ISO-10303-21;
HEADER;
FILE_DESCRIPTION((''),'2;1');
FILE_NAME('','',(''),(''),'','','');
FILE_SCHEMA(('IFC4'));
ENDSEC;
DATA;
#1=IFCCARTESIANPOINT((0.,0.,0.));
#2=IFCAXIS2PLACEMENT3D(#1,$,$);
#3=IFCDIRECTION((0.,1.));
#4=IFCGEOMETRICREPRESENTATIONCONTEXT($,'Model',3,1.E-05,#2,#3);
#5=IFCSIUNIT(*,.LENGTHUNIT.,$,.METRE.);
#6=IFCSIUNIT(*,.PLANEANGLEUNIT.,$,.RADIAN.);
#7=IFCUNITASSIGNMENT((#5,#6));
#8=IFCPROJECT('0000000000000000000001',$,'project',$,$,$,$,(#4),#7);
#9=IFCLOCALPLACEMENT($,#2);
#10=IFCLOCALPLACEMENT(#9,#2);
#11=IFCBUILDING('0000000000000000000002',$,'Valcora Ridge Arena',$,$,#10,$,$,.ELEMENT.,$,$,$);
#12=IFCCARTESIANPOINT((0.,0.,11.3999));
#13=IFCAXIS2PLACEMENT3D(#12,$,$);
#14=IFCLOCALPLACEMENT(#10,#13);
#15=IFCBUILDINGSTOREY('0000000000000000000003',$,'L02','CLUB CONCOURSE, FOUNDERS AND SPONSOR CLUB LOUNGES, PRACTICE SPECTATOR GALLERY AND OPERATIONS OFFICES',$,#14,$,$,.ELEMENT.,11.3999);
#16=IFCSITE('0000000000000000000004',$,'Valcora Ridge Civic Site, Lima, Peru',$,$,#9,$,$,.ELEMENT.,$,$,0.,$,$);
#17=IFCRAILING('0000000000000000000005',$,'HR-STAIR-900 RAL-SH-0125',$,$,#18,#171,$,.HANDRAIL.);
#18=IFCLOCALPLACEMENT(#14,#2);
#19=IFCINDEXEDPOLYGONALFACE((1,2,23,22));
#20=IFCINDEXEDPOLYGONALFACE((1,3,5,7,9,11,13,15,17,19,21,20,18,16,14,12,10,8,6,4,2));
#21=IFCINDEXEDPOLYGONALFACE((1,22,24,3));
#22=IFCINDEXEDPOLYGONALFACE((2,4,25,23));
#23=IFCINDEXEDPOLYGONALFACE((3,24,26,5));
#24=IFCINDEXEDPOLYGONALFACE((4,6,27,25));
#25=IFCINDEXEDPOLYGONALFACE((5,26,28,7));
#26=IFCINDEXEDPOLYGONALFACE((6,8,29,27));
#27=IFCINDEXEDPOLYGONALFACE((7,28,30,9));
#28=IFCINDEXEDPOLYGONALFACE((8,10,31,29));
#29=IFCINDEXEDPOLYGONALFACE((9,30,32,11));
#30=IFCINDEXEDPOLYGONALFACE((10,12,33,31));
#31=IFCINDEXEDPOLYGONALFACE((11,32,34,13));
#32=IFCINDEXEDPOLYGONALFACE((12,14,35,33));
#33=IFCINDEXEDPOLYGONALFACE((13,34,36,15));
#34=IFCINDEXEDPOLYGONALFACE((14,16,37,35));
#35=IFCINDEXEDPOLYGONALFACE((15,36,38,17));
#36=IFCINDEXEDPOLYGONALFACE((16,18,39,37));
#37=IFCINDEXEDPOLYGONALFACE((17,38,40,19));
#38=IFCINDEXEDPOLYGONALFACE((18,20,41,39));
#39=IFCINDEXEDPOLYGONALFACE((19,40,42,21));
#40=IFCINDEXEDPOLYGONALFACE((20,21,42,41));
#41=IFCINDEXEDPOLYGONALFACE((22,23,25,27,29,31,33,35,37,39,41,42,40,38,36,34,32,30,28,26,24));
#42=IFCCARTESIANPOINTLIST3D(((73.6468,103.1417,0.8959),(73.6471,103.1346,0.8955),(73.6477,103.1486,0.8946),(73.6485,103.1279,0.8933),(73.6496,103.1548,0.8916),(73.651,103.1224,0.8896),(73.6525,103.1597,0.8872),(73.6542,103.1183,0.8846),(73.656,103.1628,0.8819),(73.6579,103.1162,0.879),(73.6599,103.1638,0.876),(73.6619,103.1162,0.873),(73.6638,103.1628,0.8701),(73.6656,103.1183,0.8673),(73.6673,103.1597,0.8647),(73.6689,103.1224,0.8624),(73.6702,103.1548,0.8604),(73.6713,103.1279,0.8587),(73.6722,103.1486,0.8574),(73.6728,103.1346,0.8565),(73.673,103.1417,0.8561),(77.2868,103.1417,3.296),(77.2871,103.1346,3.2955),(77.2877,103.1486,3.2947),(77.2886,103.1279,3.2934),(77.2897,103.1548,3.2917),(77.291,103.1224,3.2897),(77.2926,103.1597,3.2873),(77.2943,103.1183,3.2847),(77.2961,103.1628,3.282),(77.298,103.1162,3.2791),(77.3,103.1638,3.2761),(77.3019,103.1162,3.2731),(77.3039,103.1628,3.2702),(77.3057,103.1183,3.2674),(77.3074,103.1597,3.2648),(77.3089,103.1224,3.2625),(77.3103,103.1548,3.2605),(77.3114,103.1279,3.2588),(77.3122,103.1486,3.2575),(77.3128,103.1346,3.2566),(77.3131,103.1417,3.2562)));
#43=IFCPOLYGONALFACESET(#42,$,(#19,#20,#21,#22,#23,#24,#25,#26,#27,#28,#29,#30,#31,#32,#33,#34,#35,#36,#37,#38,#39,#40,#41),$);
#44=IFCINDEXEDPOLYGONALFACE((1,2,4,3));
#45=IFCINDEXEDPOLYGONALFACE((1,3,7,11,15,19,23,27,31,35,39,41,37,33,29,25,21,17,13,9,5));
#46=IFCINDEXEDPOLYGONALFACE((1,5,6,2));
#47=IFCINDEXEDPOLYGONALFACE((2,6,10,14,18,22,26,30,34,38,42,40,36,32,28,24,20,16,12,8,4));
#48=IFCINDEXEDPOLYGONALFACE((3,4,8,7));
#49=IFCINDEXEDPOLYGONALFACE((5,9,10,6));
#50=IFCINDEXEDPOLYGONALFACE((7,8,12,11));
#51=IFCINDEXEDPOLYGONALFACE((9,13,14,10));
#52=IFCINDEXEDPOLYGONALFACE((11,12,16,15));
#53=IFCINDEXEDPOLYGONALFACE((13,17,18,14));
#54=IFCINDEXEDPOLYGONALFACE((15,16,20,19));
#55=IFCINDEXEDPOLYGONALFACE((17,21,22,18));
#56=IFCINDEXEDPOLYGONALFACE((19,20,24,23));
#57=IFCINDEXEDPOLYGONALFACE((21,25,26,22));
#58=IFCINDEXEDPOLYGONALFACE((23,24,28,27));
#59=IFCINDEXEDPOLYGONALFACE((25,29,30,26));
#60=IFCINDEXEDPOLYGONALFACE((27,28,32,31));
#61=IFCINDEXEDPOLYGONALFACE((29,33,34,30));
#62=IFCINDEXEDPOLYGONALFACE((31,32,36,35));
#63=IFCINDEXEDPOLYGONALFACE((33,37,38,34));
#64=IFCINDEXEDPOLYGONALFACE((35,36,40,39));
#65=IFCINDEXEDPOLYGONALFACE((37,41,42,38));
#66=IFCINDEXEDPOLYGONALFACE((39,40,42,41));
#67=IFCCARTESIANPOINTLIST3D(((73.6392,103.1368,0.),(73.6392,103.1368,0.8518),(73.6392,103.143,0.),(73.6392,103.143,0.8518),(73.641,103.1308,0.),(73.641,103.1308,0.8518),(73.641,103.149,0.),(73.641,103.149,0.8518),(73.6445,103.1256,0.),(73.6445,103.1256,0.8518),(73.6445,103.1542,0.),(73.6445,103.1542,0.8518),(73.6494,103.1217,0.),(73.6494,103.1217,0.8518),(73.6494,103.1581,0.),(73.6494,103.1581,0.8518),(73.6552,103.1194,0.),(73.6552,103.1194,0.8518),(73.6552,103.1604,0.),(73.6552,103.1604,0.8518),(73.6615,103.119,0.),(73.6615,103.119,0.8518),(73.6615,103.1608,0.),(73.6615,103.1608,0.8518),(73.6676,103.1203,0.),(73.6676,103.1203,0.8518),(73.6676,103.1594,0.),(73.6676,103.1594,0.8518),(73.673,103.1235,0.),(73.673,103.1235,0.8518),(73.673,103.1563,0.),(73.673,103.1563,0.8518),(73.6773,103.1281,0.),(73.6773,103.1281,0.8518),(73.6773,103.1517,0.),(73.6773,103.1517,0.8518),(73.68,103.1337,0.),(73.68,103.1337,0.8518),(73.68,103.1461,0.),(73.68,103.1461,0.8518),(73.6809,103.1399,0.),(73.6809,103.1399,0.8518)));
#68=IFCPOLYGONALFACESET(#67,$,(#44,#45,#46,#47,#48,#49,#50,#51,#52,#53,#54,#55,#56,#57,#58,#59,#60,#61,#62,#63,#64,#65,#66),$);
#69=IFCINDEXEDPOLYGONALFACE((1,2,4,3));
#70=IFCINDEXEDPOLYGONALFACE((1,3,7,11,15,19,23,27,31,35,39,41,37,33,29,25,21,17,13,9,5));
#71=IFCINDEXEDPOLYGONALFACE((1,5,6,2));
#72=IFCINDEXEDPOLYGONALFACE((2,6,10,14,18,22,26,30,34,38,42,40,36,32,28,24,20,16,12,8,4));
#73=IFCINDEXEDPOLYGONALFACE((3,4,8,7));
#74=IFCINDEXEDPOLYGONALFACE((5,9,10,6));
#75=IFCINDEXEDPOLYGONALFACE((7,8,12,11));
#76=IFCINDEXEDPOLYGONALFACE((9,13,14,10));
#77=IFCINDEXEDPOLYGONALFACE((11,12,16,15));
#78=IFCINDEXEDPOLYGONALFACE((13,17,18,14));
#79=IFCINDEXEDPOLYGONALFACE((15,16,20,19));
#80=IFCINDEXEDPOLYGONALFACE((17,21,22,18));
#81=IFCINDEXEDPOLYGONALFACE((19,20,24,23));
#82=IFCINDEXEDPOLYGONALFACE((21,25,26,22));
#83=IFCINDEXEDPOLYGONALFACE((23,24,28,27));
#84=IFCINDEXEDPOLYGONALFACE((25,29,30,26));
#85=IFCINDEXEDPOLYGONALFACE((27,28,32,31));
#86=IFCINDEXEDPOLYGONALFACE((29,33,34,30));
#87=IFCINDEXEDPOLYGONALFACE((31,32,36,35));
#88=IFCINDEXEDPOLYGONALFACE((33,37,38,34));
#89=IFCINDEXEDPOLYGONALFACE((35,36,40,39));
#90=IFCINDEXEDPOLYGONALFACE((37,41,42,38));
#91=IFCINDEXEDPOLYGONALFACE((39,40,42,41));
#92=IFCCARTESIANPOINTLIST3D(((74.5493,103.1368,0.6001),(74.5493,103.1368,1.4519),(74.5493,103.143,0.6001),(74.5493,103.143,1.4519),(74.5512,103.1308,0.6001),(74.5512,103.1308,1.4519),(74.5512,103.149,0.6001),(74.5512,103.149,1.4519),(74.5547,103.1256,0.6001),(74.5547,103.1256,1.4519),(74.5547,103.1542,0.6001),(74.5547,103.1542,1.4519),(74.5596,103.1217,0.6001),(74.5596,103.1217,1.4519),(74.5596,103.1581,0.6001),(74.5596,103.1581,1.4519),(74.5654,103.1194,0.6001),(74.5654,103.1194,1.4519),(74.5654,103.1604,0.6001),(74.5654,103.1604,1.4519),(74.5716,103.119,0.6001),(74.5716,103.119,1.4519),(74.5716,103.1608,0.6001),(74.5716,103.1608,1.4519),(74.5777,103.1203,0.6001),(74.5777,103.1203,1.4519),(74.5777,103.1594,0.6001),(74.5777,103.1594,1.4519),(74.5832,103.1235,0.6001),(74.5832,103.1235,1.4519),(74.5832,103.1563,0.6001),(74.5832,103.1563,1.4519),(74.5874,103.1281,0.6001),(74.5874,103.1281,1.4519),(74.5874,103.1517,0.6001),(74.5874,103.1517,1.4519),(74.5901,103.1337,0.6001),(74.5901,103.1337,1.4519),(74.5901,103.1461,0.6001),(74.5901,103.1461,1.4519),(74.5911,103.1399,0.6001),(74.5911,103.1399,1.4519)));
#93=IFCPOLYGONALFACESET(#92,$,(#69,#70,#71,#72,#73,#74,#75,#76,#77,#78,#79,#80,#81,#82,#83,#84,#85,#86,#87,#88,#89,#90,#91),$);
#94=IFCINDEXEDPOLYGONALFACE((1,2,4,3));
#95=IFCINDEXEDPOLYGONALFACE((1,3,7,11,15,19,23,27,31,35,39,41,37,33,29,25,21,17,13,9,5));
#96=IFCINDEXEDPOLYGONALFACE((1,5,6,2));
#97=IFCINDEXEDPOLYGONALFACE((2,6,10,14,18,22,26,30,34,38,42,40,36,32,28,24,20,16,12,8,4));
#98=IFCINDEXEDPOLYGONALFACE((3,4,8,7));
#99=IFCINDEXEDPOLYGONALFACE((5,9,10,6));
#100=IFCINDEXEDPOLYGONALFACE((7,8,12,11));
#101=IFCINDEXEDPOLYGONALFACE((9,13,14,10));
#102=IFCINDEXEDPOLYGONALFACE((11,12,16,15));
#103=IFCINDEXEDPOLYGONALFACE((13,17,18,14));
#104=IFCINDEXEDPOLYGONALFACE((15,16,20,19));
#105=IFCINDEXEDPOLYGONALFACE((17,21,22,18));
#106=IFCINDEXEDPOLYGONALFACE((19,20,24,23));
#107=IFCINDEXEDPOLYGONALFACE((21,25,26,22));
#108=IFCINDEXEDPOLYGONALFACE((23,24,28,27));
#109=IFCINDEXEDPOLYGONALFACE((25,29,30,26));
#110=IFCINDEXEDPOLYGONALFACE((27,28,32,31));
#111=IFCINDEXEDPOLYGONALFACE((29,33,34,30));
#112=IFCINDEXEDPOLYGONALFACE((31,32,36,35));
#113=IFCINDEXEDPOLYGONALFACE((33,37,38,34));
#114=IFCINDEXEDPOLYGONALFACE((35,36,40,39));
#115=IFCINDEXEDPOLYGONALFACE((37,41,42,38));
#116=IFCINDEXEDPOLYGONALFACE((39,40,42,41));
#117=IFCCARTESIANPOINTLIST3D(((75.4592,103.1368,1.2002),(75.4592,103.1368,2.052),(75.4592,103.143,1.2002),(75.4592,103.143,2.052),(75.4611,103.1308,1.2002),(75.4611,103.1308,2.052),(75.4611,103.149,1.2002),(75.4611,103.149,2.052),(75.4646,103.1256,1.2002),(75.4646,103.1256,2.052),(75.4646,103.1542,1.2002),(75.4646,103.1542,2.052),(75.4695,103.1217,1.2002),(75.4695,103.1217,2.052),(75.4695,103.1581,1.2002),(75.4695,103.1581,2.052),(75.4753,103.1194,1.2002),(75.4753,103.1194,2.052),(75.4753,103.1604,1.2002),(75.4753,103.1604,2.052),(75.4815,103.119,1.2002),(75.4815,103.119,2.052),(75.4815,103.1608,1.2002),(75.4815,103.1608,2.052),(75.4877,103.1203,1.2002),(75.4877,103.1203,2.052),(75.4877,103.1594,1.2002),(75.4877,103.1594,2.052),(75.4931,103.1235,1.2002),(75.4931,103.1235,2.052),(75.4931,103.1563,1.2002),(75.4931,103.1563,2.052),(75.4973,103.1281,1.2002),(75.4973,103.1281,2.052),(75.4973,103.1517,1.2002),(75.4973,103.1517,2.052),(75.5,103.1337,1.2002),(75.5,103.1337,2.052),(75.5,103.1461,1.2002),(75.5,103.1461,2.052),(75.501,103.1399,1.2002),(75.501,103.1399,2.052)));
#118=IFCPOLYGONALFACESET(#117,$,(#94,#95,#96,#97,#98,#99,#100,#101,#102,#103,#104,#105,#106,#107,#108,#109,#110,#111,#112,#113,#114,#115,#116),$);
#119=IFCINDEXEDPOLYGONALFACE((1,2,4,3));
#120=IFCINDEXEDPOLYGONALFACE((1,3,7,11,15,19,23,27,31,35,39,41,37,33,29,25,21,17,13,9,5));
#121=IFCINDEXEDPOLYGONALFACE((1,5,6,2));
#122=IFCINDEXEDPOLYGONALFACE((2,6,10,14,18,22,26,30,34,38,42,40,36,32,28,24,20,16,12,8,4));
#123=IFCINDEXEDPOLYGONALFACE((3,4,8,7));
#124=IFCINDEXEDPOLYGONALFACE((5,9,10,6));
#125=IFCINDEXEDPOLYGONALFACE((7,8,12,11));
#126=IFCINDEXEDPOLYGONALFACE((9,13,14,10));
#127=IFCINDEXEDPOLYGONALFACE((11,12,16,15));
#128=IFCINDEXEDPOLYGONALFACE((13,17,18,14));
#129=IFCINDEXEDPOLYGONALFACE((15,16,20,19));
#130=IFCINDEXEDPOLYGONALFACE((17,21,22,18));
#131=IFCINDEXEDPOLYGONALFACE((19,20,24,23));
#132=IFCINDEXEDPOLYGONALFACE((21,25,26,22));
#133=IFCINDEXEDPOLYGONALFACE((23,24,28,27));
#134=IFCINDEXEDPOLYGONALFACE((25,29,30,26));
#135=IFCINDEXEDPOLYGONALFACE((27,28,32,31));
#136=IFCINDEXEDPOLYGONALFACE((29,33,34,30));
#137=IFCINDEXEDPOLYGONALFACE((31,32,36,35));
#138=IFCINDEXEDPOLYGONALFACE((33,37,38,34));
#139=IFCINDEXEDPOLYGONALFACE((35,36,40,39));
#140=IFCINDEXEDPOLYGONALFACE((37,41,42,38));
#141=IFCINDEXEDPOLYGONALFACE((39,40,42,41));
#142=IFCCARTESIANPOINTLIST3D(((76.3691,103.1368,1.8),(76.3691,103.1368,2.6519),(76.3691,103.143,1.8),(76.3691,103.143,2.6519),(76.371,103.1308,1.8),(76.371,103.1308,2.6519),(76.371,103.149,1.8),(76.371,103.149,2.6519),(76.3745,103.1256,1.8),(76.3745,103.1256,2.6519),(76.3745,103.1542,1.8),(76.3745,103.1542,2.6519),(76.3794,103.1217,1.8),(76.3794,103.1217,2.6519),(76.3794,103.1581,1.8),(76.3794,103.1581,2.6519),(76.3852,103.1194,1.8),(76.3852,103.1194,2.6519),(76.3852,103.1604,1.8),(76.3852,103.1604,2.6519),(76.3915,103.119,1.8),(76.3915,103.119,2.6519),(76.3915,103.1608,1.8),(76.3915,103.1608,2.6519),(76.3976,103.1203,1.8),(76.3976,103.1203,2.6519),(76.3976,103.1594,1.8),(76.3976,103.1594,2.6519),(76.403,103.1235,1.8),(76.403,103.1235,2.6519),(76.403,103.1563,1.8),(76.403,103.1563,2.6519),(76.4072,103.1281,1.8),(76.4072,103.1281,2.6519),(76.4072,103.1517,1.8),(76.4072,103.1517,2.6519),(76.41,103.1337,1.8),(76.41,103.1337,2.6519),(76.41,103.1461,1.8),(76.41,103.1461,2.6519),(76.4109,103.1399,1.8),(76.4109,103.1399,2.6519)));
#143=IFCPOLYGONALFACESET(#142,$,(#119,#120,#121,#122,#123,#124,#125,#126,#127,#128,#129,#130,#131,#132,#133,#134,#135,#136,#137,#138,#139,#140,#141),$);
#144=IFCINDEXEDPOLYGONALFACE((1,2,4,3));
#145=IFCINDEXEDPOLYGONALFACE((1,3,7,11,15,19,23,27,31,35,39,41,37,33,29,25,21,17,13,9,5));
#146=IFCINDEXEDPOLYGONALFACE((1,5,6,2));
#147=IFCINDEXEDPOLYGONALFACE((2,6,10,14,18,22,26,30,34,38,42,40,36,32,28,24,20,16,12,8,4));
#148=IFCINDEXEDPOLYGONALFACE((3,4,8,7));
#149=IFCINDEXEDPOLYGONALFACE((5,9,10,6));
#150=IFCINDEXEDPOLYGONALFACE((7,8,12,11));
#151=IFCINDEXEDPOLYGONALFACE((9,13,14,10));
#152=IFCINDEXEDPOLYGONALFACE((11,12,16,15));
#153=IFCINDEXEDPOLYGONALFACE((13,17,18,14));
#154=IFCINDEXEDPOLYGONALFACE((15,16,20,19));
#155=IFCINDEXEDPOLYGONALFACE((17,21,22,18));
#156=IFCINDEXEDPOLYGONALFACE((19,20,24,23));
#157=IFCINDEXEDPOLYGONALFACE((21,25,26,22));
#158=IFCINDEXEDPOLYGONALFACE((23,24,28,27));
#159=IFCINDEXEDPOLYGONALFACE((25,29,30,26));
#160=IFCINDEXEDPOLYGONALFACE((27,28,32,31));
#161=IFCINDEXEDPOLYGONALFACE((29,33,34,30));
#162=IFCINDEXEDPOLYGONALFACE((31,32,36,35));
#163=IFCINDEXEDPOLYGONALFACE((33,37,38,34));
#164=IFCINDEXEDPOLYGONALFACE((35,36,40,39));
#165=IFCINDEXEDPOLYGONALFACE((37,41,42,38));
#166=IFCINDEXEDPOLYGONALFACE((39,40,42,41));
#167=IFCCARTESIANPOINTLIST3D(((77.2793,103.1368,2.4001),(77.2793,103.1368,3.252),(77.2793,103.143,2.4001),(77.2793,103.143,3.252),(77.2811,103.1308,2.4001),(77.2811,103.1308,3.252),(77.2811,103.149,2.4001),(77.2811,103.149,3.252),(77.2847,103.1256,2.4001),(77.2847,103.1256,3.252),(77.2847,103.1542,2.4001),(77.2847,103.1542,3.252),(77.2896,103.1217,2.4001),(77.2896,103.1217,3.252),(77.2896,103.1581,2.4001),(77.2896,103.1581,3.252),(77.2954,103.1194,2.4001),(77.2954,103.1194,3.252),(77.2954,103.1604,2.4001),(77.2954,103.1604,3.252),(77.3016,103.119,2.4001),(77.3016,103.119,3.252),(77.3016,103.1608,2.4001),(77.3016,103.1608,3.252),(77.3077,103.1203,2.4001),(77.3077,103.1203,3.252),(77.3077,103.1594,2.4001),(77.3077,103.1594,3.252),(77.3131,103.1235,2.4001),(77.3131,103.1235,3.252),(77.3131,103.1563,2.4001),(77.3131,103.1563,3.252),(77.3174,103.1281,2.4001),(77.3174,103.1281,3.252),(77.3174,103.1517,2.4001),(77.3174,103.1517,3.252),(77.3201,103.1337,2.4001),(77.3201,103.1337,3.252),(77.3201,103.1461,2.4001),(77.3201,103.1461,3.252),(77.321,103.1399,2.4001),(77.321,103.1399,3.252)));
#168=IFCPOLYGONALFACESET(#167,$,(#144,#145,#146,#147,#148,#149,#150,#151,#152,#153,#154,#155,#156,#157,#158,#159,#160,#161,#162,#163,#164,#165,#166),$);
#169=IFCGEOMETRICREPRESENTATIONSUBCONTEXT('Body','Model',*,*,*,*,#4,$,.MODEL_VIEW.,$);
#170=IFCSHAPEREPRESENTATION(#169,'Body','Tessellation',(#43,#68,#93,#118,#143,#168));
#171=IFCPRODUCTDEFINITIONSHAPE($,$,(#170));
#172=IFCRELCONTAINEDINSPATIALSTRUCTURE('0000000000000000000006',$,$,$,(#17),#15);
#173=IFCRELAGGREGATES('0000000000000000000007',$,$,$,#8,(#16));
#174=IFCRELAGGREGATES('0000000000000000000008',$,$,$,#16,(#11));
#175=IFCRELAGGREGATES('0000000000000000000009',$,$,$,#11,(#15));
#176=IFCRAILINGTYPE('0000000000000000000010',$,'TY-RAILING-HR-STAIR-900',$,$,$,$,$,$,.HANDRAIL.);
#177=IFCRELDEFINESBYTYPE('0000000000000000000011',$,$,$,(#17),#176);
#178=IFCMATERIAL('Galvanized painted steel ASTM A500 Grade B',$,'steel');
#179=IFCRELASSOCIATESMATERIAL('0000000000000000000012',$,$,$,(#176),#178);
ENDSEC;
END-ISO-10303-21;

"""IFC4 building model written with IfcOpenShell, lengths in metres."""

from ifc_helpers import new_model, si_unit, direction, frame, origin, origin_2d, place, context, subcontext, project, spatial, circle, extrude, material, type_object, element, save


model = new_model("IFC4")

# Units and contexts
model_context = context("Model", 3, precision=1e-05, world=origin(), true_north=direction((0.0, 1.0)))
body_context = subcontext(model_context, "Body", "Model", "MODEL_VIEW")
ifc_project = project(units=[si_unit("LENGTHUNIT", "METRE"), si_unit("PLANEANGLEUNIT", "RADIAN")], contexts=[model_context])

# Site, building, storey
site_placement = place(None, origin())
site = spatial("IfcSite", under=ifc_project, at=site_placement, Name="Valcora Ridge Civic Site, Lima, Peru", CompositionType="ELEMENT", RefElevation=0.0)
building_placement = place(site_placement, origin())
building = spatial("IfcBuilding", under=site, at=building_placement, Name="Valcora Ridge Arena", CompositionType="ELEMENT")
storey_placement = place(building_placement, frame((0.0, 0.0, 11.3999)))
storey = spatial("IfcBuildingStorey", under=building, at=storey_placement, Name="L02", Description="CLUB CONCOURSE, FOUNDERS AND SPONSOR CLUB LOUNGES, PRACTICE SPECTATOR GALLERY AND OPERATIONS OFFICES", CompositionType="ELEMENT", Elevation=11.3999)

# Railing
ifc_material_1 = material(Name="Galvanized painted steel ASTM A500 Grade B", Category="steel")
railing_type_1 = type_object("IfcRailingType", Name="TY-RAILING-HR-STAIR-900", PredefinedType="HANDRAIL", material=ifc_material_1)
railing_1_placement = place(storey_placement, frame((73.6599, 103.1399, 0.0)))
element("IfcRailing", 1, at=railing_1_placement, inside=storey, type_object=railing_type_1, Name="HR-STAIR-900 RAL-SH-0125", PredefinedType="HANDRAIL", context=body_context, shape_type="SweptSolid", body=[
    extrude(circle(Radius=0.0239, at=origin_2d()), frame((0.0, 0.0, 0.876), z_axis=(0.834856, 0.0, 0.550468), x_axis=(0.0, 1.0, 0.0)), (0.0, 0.0, 1.0), 4.3601),
    extrude(circle(Radius=0.021, at=origin_2d()), origin(), (0.0, 0.0, 1.0), 0.8518),
    extrude(circle(Radius=0.021, at=origin_2d()), frame((0.9102, 0.0, 0.6001)), (0.0, 0.0, 1.0), 0.8518),
    extrude(circle(Radius=0.021, at=origin_2d()), frame((1.8201, 0.0, 1.2002)), (0.0, 0.0, 1.0), 0.8518),
    extrude(circle(Radius=0.021, at=origin_2d()), frame((2.73, 0.0, 1.8)), (0.0, 0.0, 1.0), 0.8518),
    extrude(circle(Radius=0.021, at=origin_2d()), frame((3.6401, 0.0, 2.4001)), (0.0, 0.0, 1.0), 0.8518),
])

save(model, "model.ifc")
